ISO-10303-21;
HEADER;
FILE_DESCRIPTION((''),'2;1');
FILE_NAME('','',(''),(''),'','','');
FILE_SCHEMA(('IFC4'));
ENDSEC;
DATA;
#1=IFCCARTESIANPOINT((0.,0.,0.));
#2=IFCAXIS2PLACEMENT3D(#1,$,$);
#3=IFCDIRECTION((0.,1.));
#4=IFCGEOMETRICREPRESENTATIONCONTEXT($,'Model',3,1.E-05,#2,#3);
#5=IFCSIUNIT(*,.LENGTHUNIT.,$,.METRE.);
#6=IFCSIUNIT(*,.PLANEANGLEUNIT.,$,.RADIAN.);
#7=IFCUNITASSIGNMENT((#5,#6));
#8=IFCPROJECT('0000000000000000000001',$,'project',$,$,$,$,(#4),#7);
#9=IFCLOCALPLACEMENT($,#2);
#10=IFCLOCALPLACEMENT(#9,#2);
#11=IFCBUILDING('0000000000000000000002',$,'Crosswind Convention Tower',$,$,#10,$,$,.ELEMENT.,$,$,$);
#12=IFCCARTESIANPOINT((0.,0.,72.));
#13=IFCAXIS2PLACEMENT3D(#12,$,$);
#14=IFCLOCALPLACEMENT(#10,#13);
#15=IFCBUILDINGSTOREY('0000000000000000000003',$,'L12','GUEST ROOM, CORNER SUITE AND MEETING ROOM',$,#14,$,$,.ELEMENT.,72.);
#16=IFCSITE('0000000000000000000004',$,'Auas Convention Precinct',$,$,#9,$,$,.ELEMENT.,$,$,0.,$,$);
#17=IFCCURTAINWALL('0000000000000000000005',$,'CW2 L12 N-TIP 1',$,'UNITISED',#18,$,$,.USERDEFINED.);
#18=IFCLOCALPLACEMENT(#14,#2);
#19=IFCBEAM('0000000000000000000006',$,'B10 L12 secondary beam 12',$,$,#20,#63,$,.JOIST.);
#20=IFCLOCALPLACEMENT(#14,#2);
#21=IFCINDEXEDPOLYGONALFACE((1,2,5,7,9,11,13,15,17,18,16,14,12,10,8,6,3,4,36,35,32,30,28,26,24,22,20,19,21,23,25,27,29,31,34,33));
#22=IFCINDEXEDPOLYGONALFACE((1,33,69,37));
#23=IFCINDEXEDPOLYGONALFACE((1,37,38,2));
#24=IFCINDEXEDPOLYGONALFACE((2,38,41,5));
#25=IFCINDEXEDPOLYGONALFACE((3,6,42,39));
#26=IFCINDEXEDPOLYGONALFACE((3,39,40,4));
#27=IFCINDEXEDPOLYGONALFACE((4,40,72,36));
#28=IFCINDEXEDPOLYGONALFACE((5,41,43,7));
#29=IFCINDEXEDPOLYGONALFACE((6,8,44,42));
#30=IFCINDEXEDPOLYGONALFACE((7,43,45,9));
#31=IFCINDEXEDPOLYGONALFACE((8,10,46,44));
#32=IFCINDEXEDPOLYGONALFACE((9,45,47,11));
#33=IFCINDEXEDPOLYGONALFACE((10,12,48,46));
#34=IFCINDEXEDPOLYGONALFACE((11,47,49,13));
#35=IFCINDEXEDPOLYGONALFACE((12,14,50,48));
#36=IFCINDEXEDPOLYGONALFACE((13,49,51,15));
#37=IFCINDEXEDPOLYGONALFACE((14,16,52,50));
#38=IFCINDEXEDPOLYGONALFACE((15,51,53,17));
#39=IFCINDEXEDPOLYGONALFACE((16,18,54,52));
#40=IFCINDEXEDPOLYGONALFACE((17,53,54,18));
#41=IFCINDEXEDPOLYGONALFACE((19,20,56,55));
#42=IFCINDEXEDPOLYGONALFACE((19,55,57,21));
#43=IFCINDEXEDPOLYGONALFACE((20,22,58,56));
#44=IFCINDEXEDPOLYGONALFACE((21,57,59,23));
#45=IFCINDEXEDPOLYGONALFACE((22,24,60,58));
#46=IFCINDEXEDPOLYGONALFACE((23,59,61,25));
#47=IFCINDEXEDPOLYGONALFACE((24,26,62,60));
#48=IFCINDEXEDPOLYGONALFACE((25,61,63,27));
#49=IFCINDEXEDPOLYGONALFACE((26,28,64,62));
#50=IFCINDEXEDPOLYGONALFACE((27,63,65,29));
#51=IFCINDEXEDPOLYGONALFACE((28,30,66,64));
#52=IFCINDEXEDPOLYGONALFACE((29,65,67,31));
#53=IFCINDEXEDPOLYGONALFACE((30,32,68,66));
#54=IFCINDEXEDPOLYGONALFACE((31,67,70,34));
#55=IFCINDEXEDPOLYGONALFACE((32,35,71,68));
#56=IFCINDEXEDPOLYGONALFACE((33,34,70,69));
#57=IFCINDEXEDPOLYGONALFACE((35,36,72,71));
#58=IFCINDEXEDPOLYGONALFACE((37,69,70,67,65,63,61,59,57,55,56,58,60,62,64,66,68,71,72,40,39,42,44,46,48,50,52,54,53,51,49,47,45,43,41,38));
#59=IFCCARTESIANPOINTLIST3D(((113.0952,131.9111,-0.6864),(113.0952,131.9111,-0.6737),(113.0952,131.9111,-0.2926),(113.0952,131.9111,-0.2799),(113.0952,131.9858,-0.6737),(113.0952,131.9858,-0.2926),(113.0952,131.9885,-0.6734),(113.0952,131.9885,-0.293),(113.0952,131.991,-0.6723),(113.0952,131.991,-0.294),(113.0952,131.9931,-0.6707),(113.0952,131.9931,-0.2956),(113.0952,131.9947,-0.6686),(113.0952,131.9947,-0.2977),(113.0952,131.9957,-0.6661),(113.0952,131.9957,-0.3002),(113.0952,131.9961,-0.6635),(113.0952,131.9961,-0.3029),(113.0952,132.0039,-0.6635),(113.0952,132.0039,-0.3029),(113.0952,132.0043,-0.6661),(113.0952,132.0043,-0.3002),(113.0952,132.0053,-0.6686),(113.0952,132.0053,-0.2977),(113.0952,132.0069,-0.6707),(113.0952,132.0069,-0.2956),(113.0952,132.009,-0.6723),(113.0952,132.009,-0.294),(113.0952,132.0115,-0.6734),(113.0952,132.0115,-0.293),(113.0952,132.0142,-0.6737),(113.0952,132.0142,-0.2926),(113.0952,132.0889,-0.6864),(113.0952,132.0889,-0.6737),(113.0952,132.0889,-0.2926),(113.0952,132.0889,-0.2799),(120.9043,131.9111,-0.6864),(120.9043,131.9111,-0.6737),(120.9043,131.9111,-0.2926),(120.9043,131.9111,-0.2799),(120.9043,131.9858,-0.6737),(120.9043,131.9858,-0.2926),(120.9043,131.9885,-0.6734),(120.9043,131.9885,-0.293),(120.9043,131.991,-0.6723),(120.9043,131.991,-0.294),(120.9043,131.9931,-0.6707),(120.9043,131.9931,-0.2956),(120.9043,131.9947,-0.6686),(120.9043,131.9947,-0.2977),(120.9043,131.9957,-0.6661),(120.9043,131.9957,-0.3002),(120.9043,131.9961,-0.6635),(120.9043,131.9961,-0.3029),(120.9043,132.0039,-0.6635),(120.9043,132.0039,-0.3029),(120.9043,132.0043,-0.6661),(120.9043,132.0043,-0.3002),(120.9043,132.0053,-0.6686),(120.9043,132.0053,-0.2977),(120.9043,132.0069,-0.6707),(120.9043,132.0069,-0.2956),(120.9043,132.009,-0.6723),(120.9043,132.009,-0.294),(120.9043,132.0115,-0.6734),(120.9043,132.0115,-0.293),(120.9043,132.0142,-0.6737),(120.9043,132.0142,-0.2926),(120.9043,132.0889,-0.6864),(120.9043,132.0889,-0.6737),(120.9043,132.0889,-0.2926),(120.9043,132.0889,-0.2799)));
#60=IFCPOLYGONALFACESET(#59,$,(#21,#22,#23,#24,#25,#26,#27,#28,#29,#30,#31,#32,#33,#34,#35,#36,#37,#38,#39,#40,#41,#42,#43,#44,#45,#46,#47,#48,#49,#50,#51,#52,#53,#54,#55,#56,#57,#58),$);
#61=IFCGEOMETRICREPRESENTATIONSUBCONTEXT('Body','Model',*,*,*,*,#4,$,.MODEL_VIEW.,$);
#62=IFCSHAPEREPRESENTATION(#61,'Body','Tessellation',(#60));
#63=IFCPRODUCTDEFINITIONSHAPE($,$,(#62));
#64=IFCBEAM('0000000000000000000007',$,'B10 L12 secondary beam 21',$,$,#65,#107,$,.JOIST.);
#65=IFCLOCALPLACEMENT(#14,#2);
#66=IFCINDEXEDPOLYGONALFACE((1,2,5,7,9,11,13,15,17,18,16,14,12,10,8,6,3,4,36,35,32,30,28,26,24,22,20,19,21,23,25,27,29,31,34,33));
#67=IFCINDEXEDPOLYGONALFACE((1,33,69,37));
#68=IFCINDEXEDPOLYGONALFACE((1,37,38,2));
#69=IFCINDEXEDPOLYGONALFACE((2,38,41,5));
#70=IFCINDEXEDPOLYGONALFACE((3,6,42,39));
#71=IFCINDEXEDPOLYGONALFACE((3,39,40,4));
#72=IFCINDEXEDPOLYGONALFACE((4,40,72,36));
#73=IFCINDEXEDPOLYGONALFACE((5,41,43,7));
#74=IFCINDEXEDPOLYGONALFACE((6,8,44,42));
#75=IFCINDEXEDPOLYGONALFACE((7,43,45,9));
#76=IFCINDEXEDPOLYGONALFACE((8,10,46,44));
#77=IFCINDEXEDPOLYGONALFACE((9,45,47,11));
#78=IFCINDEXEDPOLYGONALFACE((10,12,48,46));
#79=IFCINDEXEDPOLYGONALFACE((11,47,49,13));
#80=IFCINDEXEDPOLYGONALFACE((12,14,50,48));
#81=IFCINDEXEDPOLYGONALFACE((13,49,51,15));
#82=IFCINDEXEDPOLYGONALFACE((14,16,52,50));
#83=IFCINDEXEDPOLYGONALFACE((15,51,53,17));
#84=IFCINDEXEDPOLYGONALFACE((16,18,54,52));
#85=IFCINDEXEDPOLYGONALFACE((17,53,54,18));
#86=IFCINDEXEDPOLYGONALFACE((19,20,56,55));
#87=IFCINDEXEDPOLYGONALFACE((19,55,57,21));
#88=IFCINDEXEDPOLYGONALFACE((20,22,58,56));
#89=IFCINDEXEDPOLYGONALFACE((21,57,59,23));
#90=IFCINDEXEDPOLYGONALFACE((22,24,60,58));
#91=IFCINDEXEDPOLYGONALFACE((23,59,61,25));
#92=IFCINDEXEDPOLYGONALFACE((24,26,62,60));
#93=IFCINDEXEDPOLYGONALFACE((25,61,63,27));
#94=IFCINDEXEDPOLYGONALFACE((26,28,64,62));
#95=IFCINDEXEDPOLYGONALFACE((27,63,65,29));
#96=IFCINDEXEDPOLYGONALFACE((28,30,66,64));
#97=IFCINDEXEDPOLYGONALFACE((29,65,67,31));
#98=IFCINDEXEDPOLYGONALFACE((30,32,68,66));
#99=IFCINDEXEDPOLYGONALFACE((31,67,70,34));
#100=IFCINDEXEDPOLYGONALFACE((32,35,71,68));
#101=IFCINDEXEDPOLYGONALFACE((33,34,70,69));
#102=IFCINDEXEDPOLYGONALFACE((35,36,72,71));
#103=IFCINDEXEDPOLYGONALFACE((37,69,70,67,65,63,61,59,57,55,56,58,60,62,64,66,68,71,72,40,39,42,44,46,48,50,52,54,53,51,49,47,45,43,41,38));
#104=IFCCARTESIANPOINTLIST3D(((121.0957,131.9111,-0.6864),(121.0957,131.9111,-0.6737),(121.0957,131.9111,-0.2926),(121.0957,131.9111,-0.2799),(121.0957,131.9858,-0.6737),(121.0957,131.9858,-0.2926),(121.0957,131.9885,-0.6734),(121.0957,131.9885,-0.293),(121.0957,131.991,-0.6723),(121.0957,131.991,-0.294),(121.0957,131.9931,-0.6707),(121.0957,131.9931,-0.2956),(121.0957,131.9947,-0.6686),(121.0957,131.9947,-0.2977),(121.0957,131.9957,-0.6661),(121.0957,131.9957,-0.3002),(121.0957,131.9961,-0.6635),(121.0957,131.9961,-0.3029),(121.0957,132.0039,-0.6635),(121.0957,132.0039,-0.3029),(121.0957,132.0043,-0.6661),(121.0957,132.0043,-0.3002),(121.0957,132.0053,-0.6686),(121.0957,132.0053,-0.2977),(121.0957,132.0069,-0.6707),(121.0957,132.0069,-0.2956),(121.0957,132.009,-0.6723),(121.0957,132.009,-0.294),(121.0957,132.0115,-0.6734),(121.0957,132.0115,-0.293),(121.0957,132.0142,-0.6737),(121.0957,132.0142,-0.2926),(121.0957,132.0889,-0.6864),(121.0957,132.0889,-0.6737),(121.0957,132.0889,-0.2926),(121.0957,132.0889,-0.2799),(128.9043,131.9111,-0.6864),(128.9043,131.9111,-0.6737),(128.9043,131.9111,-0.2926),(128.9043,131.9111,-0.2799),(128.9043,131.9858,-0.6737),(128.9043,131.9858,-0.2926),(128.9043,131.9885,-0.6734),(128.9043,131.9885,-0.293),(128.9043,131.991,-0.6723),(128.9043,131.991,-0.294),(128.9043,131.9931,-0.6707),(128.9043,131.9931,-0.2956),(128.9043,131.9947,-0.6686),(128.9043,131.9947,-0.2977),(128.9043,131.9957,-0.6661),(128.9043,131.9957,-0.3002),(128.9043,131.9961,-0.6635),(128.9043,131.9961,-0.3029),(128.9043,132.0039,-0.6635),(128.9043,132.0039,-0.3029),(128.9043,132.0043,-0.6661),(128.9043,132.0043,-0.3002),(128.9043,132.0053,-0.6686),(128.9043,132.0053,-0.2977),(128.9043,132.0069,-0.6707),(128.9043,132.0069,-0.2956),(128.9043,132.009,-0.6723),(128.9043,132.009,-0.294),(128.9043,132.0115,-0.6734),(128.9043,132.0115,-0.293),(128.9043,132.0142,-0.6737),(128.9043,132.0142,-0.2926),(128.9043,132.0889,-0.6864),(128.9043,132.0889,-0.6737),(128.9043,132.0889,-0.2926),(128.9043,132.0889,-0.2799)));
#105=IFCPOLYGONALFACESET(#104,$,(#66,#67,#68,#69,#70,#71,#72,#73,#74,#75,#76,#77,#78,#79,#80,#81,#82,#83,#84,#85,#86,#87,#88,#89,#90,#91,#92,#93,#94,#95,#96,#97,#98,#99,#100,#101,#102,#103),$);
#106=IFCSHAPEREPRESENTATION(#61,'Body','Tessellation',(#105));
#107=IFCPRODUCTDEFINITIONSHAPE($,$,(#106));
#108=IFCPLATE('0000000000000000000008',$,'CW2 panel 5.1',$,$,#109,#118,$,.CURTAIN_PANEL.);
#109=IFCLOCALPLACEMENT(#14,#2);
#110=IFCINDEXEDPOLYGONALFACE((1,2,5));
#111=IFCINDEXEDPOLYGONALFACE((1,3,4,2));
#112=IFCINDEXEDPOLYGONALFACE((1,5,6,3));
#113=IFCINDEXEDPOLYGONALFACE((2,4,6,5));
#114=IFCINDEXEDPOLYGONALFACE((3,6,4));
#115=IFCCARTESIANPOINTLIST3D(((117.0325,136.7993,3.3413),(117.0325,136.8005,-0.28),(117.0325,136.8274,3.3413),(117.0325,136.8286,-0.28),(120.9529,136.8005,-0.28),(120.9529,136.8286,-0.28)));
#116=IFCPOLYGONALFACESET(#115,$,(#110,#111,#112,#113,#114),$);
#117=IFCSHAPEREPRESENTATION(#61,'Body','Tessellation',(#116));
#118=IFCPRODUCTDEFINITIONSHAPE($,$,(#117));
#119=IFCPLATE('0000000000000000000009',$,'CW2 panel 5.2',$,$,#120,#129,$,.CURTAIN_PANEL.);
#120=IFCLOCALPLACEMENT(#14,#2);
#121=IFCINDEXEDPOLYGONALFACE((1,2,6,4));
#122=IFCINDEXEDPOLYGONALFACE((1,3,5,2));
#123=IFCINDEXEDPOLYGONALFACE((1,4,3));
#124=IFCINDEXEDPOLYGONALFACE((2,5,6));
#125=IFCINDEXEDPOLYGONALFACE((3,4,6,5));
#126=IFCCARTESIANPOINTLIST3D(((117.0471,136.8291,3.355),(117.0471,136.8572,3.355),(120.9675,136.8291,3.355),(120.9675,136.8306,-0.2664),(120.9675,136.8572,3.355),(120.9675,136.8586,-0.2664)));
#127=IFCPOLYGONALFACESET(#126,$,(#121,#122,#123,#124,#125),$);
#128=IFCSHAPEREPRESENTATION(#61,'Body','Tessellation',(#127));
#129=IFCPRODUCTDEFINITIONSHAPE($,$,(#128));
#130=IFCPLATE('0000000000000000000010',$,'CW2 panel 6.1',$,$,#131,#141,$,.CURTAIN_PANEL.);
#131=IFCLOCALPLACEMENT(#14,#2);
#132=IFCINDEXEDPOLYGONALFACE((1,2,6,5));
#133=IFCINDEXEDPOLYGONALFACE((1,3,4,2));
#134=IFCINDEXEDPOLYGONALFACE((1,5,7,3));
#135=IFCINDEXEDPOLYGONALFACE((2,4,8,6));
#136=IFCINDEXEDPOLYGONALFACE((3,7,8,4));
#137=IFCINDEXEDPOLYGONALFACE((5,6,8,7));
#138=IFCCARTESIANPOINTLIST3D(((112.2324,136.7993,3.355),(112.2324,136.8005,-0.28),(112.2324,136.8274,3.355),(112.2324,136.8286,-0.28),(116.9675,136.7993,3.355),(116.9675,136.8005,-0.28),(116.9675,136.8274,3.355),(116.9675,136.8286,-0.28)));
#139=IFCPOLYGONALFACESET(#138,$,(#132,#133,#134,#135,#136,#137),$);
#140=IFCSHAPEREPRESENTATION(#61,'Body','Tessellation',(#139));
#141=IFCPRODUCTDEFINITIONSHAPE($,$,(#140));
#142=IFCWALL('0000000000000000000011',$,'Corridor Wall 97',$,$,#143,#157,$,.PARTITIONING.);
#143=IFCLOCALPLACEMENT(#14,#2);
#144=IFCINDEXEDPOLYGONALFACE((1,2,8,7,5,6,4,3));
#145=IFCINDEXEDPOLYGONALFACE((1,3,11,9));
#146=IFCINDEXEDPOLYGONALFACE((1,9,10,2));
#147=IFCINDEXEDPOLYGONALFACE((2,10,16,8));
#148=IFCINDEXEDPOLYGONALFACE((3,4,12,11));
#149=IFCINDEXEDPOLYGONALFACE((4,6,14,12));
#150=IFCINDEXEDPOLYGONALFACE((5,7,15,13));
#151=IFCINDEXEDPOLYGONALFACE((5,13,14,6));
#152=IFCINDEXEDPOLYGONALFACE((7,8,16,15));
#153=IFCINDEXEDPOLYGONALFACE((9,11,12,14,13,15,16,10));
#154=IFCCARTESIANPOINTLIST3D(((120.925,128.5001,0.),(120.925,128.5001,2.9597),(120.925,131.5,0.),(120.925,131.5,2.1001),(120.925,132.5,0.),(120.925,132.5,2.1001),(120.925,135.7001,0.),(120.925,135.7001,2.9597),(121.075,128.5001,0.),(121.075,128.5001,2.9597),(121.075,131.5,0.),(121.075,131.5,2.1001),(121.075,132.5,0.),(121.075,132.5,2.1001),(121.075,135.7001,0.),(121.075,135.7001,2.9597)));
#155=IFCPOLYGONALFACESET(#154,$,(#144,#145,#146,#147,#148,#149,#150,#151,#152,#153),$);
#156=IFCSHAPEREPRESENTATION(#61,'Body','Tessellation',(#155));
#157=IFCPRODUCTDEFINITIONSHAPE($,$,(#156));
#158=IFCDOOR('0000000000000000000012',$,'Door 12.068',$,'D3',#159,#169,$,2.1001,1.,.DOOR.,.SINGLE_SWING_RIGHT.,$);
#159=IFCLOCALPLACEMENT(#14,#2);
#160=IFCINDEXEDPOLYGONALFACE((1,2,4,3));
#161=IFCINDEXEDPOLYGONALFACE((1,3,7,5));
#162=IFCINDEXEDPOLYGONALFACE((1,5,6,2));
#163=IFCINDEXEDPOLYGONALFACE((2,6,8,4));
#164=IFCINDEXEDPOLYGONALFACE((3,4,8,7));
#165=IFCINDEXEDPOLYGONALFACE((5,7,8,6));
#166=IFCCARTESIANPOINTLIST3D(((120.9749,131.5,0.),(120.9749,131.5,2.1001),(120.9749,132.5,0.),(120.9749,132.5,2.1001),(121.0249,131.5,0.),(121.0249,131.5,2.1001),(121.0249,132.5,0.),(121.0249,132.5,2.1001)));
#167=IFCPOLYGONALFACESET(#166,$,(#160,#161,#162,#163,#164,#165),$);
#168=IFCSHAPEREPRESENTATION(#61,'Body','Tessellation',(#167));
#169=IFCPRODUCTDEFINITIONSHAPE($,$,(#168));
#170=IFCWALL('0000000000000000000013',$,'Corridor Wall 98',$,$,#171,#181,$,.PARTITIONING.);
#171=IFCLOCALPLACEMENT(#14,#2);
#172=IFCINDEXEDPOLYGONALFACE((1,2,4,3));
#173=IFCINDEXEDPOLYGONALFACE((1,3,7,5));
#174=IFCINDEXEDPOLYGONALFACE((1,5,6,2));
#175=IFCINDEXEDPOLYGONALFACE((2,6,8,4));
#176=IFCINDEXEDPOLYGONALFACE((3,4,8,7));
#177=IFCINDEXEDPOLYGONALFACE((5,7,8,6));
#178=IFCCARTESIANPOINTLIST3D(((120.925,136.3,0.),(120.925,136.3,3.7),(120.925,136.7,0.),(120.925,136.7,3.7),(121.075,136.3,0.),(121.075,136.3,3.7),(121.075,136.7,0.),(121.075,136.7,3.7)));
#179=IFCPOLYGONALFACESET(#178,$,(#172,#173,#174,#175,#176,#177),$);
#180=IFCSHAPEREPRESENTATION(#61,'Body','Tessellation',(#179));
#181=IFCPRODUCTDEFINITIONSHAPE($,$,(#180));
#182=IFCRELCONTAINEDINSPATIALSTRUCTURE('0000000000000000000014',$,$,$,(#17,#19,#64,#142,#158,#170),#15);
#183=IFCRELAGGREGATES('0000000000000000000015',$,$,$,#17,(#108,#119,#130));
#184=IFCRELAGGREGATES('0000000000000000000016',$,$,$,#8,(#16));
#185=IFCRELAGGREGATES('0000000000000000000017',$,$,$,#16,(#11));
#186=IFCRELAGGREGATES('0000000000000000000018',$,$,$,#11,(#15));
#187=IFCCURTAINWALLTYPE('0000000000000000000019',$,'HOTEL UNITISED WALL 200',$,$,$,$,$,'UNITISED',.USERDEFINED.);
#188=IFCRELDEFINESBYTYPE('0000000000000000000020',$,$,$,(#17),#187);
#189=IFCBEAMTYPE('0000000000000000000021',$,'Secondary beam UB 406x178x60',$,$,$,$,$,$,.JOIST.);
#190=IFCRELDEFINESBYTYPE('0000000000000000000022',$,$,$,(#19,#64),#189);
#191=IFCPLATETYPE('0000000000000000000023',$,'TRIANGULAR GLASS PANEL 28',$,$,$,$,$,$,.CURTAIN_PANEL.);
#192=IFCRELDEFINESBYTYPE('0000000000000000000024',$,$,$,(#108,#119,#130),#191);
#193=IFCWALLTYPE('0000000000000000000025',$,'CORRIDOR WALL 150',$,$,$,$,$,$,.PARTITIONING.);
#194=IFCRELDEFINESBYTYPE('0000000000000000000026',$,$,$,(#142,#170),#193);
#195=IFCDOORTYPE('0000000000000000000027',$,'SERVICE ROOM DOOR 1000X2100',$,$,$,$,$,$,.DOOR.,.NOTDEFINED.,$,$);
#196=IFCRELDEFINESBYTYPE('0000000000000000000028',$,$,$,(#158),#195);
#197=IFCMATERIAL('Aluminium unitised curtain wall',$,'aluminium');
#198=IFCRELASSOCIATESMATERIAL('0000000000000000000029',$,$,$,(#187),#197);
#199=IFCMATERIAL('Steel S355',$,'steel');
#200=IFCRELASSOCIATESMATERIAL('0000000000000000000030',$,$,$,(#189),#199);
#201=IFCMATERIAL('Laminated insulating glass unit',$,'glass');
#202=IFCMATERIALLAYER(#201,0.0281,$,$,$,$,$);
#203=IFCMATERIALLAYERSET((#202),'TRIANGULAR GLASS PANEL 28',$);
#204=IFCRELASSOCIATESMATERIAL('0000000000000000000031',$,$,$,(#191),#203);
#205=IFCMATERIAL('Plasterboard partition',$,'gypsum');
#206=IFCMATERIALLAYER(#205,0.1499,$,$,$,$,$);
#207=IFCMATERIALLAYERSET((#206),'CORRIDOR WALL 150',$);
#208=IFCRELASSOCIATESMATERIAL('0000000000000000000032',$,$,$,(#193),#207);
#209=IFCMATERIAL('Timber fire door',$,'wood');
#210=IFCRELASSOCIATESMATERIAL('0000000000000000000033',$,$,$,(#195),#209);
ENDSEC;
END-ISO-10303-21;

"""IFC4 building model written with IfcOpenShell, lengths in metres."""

from ifc_helpers import new_model, si_unit, direction, frame, frame_2d, origin, origin_2d, place, context, subcontext, project, spatial, polyline, rectangle, i_section, outline, extrude, material, layer, layer_set, material_profile, profile_set, type_object, element, fill, aggregate, save


model = new_model("IFC4")

# Units and contexts
model_context = context("Model", 3, precision=1e-05, world=origin(), true_north=direction((0.0, 1.0)))
body_context = subcontext(model_context, "Body", "Model", "MODEL_VIEW")
ifc_project = project(units=[si_unit("LENGTHUNIT", "METRE"), si_unit("PLANEANGLEUNIT", "RADIAN")], contexts=[model_context])

# Site, building, storey
site_placement = place(None, origin())
site = spatial("IfcSite", under=ifc_project, at=site_placement, Name="Auas Convention Precinct", CompositionType="ELEMENT", RefElevation=0.0)
building_placement = place(site_placement, origin())
building = spatial("IfcBuilding", under=site, at=building_placement, Name="Crosswind Convention Tower", CompositionType="ELEMENT")
storey_placement = place(building_placement, frame((0.0, 0.0, 72.0)))
storey = spatial("IfcBuildingStorey", under=building, at=storey_placement, Name="L12", Description="GUEST ROOM, CORNER SUITE AND MEETING ROOM", CompositionType="ELEMENT", Elevation=72.0)

# Shared definitions
ifc_material_1 = material(Name="Steel S355", Category="steel")

# Curtain wall
ifc_material_2 = material(Name="Aluminium unitised curtain wall", Category="aluminium")
curtain_wall_type = type_object("IfcCurtainWallType", Name="HOTEL UNITISED WALL 200", ElementType="UNITISED", PredefinedType="USERDEFINED", material=ifc_material_2)
curtain_wall_placement = place(storey_placement, origin())
curtain_wall = element("IfcCurtainWall", 1, at=curtain_wall_placement, inside=storey, type_object=curtain_wall_type, Name="CW2 L12 N-TIP 1", ObjectType="UNITISED", PredefinedType="USERDEFINED")

# Beams
ifc_material_profile_1 = material_profile(ifc_material_1, i_section(OverallWidth=0.1777, OverallDepth=0.4065, WebThickness=0.0078, FlangeThickness=0.0127, FilletRadius=0.0103, at=origin_2d()), Name="UB 406x178x60")
ifc_profile_set_1 = profile_set([ifc_material_profile_1], Name="Steel S355")
beam_type_1 = type_object("IfcBeamType", Name="Secondary beam UB 406x178x60", PredefinedType="JOIST", material=ifc_profile_set_1)
beam_1_placement = place(storey_placement, frame((113.0952, 132.0, -0.4832), z_axis=(1.0, 0.0, 0.0), x_axis=(0.0, 1.0, 0.0)))
element("IfcBeam", 2, at=beam_1_placement, inside=storey, type_object=beam_type_1, Name="B10 L12 secondary beam 12", PredefinedType="JOIST", context=body_context, shape_type="SweptSolid", body=[
    extrude(i_section(OverallWidth=0.1777, OverallDepth=0.4065, WebThickness=0.0078, FlangeThickness=0.0127, FilletRadius=0.0103, at=origin_2d()), origin(), (0.0, 0.0, 1.0), 7.8091),
])
beam_2_placement = place(storey_placement, frame((121.0957, 132.0, -0.4832), z_axis=(1.0, 0.0, 0.0), x_axis=(0.0, 1.0, 0.0)))
element("IfcBeam", 3, at=beam_2_placement, inside=storey, type_object=beam_type_1, Name="B10 L12 secondary beam 21", PredefinedType="JOIST", context=body_context, shape_type="SweptSolid", body=[
    extrude(i_section(OverallWidth=0.1777, OverallDepth=0.4065, WebThickness=0.0078, FlangeThickness=0.0127, FilletRadius=0.0103, at=origin_2d()), origin(), (0.0, 0.0, 1.0), 7.8086),
])

# Plates
ifc_material_3 = material(Name="Laminated insulating glass unit", Category="glass")
ifc_layer_1 = layer(ifc_material_3, 0.0281)
ifc_layer_set_1 = layer_set([ifc_layer_1], Name="TRIANGULAR GLASS PANEL 28")
plate_type = type_object("IfcPlateType", Name="TRIANGULAR GLASS PANEL 28", PredefinedType="CURTAIN_PANEL", material=ifc_layer_set_1)
plate_1_placement = place(storey_placement, frame((117.0325, 136.8286, -0.28), z_axis=(0.0, 1.0, 0.000337), x_axis=(0.0, -0.000337, 1.0)))
plate_1 = element("IfcPlate", 4, at=plate_1_placement, type_object=plate_type, Name="CW2 panel 5.1", PredefinedType="CURTAIN_PANEL", context=body_context, shape_type="SweptSolid", body=[
    extrude(outline(polyline([(0.0, 0.0), (3.6213, 0.0), (0.0, 3.9204), (0.0, 0.0)])), origin(), (0.0, 0.0, -1.0), 0.0281),
])
plate_2_placement = place(storey_placement, frame((120.9675, 136.8572, 3.355), z_axis=(0.0, 1.0, 0.000405), x_axis=(0.0, 0.000405, -1.0)))
plate_2 = element("IfcPlate", 5, at=plate_2_placement, type_object=plate_type, Name="CW2 panel 5.2", PredefinedType="CURTAIN_PANEL", context=body_context, shape_type="SweptSolid", body=[
    extrude(outline(polyline([(0.0, 0.0), (3.6213, 0.0), (0.0, 3.9204), (0.0, 0.0)])), origin(), (0.0, 0.0, -1.0), 0.0281),
])
plate_3_placement = place(storey_placement, frame((116.9675, 136.8286, -0.28), z_axis=(0.0, 1.0, 0.000336), x_axis=(-1.0, 0.0, 0.0)))
plate_3 = element("IfcPlate", 6, at=plate_3_placement, type_object=plate_type, Name="CW2 panel 6.1", PredefinedType="CURTAIN_PANEL", context=body_context, shape_type="SweptSolid", body=[
    extrude(outline(polyline([(0.0, 0.0), (4.7351, 0.0), (4.7351, 3.635), (0.0, 3.635), (0.0, 0.0)])), origin(), (0.0, 0.0, -1.0), 0.0281),
])
aggregate(curtain_wall, [plate_1, plate_2, plate_3])

# Wall, opening, door
ifc_material_4 = material(Name="Plasterboard partition", Category="gypsum")
ifc_layer_2 = layer(ifc_material_4, 0.1499)
ifc_layer_set_2 = layer_set([ifc_layer_2], Name="CORRIDOR WALL 150")
wall_type_1 = type_object("IfcWallType", Name="CORRIDOR WALL 150", PredefinedType="PARTITIONING", material=ifc_layer_set_2)
wall_1_placement = place(storey_placement, frame((121.0, 128.5, 0.0), z_axis=(0.0, 0.0, 1.0), x_axis=(0.0, 1.0, 0.0)))
wall_1 = element("IfcWall", 7, at=wall_1_placement, inside=storey, type_object=wall_type_1, Name="Corridor Wall 97", PredefinedType="PARTITIONING", context=body_context, shape_type="SweptSolid", body=[
    extrude(rectangle(XDim=7.2, YDim=0.1499, at=frame_2d((3.6001, 0.0))), origin(), (0.0, 0.0, 1.0), 2.9597),
])
opening_1_placement = place(wall_1_placement, frame((3.0, 0.0, 0.0)))
opening_1 = element("IfcOpeningElement", 8, at=opening_1_placement, cuts=wall_1, PredefinedType="OPENING", context=body_context, shape_type="SweptSolid", body=[
    extrude(rectangle(XDim=1.0, YDim=2.1001, at=frame_2d((0.5, 1.05))), frame((0.0, 0.085, 0.0), z_axis=(0.0, -1.0, 0.0), x_axis=(1.0, 0.0, 0.0)), (0.0, 0.0, 1.0), 0.1699),
])
ifc_material_5 = material(Name="Timber fire door", Category="wood")
door_type_1 = type_object("IfcDoorType", Name="SERVICE ROOM DOOR 1000X2100", OperationType="NOTDEFINED", PredefinedType="DOOR", material=ifc_material_5)
door_1_placement = place(opening_1_placement, frame((1.0, 0.0, 0.0), z_axis=(0.0, 0.0, 1.0), x_axis=(-1.0, 0.0, 0.0)))
door_1 = element("IfcDoor", 9, at=door_1_placement, inside=storey, type_object=door_type_1, Name="Door 12.068", ObjectType="D3", OperationType="SINGLE_SWING_RIGHT", OverallHeight=2.1001, OverallWidth=1.0, PredefinedType="DOOR", context=body_context, shape_type="SweptSolid", body=[
    extrude(rectangle(XDim=1.0, YDim=2.1001, at=frame_2d((0.5, 1.05))), frame((0.0, 0.0249, 0.0), z_axis=(0.0, -1.0, 0.0), x_axis=(1.0, 0.0, 0.0)), (0.0, 0.0, 1.0), 0.05),
])
fill(opening_1, door_1)

# Wall
wall_2_placement = place(storey_placement, frame((121.0, 136.3, 0.0), z_axis=(0.0, 0.0, 1.0), x_axis=(0.0, 1.0, 0.0)))
element("IfcWall", 10, at=wall_2_placement, inside=storey, type_object=wall_type_1, Name="Corridor Wall 98", PredefinedType="PARTITIONING", context=body_context, shape_type="SweptSolid", body=[
    extrude(rectangle(XDim=0.3999, YDim=0.1499, at=frame_2d((0.2, 0.0))), origin(), (0.0, 0.0, 1.0), 3.7),
])

save(model, "model.ifc")
